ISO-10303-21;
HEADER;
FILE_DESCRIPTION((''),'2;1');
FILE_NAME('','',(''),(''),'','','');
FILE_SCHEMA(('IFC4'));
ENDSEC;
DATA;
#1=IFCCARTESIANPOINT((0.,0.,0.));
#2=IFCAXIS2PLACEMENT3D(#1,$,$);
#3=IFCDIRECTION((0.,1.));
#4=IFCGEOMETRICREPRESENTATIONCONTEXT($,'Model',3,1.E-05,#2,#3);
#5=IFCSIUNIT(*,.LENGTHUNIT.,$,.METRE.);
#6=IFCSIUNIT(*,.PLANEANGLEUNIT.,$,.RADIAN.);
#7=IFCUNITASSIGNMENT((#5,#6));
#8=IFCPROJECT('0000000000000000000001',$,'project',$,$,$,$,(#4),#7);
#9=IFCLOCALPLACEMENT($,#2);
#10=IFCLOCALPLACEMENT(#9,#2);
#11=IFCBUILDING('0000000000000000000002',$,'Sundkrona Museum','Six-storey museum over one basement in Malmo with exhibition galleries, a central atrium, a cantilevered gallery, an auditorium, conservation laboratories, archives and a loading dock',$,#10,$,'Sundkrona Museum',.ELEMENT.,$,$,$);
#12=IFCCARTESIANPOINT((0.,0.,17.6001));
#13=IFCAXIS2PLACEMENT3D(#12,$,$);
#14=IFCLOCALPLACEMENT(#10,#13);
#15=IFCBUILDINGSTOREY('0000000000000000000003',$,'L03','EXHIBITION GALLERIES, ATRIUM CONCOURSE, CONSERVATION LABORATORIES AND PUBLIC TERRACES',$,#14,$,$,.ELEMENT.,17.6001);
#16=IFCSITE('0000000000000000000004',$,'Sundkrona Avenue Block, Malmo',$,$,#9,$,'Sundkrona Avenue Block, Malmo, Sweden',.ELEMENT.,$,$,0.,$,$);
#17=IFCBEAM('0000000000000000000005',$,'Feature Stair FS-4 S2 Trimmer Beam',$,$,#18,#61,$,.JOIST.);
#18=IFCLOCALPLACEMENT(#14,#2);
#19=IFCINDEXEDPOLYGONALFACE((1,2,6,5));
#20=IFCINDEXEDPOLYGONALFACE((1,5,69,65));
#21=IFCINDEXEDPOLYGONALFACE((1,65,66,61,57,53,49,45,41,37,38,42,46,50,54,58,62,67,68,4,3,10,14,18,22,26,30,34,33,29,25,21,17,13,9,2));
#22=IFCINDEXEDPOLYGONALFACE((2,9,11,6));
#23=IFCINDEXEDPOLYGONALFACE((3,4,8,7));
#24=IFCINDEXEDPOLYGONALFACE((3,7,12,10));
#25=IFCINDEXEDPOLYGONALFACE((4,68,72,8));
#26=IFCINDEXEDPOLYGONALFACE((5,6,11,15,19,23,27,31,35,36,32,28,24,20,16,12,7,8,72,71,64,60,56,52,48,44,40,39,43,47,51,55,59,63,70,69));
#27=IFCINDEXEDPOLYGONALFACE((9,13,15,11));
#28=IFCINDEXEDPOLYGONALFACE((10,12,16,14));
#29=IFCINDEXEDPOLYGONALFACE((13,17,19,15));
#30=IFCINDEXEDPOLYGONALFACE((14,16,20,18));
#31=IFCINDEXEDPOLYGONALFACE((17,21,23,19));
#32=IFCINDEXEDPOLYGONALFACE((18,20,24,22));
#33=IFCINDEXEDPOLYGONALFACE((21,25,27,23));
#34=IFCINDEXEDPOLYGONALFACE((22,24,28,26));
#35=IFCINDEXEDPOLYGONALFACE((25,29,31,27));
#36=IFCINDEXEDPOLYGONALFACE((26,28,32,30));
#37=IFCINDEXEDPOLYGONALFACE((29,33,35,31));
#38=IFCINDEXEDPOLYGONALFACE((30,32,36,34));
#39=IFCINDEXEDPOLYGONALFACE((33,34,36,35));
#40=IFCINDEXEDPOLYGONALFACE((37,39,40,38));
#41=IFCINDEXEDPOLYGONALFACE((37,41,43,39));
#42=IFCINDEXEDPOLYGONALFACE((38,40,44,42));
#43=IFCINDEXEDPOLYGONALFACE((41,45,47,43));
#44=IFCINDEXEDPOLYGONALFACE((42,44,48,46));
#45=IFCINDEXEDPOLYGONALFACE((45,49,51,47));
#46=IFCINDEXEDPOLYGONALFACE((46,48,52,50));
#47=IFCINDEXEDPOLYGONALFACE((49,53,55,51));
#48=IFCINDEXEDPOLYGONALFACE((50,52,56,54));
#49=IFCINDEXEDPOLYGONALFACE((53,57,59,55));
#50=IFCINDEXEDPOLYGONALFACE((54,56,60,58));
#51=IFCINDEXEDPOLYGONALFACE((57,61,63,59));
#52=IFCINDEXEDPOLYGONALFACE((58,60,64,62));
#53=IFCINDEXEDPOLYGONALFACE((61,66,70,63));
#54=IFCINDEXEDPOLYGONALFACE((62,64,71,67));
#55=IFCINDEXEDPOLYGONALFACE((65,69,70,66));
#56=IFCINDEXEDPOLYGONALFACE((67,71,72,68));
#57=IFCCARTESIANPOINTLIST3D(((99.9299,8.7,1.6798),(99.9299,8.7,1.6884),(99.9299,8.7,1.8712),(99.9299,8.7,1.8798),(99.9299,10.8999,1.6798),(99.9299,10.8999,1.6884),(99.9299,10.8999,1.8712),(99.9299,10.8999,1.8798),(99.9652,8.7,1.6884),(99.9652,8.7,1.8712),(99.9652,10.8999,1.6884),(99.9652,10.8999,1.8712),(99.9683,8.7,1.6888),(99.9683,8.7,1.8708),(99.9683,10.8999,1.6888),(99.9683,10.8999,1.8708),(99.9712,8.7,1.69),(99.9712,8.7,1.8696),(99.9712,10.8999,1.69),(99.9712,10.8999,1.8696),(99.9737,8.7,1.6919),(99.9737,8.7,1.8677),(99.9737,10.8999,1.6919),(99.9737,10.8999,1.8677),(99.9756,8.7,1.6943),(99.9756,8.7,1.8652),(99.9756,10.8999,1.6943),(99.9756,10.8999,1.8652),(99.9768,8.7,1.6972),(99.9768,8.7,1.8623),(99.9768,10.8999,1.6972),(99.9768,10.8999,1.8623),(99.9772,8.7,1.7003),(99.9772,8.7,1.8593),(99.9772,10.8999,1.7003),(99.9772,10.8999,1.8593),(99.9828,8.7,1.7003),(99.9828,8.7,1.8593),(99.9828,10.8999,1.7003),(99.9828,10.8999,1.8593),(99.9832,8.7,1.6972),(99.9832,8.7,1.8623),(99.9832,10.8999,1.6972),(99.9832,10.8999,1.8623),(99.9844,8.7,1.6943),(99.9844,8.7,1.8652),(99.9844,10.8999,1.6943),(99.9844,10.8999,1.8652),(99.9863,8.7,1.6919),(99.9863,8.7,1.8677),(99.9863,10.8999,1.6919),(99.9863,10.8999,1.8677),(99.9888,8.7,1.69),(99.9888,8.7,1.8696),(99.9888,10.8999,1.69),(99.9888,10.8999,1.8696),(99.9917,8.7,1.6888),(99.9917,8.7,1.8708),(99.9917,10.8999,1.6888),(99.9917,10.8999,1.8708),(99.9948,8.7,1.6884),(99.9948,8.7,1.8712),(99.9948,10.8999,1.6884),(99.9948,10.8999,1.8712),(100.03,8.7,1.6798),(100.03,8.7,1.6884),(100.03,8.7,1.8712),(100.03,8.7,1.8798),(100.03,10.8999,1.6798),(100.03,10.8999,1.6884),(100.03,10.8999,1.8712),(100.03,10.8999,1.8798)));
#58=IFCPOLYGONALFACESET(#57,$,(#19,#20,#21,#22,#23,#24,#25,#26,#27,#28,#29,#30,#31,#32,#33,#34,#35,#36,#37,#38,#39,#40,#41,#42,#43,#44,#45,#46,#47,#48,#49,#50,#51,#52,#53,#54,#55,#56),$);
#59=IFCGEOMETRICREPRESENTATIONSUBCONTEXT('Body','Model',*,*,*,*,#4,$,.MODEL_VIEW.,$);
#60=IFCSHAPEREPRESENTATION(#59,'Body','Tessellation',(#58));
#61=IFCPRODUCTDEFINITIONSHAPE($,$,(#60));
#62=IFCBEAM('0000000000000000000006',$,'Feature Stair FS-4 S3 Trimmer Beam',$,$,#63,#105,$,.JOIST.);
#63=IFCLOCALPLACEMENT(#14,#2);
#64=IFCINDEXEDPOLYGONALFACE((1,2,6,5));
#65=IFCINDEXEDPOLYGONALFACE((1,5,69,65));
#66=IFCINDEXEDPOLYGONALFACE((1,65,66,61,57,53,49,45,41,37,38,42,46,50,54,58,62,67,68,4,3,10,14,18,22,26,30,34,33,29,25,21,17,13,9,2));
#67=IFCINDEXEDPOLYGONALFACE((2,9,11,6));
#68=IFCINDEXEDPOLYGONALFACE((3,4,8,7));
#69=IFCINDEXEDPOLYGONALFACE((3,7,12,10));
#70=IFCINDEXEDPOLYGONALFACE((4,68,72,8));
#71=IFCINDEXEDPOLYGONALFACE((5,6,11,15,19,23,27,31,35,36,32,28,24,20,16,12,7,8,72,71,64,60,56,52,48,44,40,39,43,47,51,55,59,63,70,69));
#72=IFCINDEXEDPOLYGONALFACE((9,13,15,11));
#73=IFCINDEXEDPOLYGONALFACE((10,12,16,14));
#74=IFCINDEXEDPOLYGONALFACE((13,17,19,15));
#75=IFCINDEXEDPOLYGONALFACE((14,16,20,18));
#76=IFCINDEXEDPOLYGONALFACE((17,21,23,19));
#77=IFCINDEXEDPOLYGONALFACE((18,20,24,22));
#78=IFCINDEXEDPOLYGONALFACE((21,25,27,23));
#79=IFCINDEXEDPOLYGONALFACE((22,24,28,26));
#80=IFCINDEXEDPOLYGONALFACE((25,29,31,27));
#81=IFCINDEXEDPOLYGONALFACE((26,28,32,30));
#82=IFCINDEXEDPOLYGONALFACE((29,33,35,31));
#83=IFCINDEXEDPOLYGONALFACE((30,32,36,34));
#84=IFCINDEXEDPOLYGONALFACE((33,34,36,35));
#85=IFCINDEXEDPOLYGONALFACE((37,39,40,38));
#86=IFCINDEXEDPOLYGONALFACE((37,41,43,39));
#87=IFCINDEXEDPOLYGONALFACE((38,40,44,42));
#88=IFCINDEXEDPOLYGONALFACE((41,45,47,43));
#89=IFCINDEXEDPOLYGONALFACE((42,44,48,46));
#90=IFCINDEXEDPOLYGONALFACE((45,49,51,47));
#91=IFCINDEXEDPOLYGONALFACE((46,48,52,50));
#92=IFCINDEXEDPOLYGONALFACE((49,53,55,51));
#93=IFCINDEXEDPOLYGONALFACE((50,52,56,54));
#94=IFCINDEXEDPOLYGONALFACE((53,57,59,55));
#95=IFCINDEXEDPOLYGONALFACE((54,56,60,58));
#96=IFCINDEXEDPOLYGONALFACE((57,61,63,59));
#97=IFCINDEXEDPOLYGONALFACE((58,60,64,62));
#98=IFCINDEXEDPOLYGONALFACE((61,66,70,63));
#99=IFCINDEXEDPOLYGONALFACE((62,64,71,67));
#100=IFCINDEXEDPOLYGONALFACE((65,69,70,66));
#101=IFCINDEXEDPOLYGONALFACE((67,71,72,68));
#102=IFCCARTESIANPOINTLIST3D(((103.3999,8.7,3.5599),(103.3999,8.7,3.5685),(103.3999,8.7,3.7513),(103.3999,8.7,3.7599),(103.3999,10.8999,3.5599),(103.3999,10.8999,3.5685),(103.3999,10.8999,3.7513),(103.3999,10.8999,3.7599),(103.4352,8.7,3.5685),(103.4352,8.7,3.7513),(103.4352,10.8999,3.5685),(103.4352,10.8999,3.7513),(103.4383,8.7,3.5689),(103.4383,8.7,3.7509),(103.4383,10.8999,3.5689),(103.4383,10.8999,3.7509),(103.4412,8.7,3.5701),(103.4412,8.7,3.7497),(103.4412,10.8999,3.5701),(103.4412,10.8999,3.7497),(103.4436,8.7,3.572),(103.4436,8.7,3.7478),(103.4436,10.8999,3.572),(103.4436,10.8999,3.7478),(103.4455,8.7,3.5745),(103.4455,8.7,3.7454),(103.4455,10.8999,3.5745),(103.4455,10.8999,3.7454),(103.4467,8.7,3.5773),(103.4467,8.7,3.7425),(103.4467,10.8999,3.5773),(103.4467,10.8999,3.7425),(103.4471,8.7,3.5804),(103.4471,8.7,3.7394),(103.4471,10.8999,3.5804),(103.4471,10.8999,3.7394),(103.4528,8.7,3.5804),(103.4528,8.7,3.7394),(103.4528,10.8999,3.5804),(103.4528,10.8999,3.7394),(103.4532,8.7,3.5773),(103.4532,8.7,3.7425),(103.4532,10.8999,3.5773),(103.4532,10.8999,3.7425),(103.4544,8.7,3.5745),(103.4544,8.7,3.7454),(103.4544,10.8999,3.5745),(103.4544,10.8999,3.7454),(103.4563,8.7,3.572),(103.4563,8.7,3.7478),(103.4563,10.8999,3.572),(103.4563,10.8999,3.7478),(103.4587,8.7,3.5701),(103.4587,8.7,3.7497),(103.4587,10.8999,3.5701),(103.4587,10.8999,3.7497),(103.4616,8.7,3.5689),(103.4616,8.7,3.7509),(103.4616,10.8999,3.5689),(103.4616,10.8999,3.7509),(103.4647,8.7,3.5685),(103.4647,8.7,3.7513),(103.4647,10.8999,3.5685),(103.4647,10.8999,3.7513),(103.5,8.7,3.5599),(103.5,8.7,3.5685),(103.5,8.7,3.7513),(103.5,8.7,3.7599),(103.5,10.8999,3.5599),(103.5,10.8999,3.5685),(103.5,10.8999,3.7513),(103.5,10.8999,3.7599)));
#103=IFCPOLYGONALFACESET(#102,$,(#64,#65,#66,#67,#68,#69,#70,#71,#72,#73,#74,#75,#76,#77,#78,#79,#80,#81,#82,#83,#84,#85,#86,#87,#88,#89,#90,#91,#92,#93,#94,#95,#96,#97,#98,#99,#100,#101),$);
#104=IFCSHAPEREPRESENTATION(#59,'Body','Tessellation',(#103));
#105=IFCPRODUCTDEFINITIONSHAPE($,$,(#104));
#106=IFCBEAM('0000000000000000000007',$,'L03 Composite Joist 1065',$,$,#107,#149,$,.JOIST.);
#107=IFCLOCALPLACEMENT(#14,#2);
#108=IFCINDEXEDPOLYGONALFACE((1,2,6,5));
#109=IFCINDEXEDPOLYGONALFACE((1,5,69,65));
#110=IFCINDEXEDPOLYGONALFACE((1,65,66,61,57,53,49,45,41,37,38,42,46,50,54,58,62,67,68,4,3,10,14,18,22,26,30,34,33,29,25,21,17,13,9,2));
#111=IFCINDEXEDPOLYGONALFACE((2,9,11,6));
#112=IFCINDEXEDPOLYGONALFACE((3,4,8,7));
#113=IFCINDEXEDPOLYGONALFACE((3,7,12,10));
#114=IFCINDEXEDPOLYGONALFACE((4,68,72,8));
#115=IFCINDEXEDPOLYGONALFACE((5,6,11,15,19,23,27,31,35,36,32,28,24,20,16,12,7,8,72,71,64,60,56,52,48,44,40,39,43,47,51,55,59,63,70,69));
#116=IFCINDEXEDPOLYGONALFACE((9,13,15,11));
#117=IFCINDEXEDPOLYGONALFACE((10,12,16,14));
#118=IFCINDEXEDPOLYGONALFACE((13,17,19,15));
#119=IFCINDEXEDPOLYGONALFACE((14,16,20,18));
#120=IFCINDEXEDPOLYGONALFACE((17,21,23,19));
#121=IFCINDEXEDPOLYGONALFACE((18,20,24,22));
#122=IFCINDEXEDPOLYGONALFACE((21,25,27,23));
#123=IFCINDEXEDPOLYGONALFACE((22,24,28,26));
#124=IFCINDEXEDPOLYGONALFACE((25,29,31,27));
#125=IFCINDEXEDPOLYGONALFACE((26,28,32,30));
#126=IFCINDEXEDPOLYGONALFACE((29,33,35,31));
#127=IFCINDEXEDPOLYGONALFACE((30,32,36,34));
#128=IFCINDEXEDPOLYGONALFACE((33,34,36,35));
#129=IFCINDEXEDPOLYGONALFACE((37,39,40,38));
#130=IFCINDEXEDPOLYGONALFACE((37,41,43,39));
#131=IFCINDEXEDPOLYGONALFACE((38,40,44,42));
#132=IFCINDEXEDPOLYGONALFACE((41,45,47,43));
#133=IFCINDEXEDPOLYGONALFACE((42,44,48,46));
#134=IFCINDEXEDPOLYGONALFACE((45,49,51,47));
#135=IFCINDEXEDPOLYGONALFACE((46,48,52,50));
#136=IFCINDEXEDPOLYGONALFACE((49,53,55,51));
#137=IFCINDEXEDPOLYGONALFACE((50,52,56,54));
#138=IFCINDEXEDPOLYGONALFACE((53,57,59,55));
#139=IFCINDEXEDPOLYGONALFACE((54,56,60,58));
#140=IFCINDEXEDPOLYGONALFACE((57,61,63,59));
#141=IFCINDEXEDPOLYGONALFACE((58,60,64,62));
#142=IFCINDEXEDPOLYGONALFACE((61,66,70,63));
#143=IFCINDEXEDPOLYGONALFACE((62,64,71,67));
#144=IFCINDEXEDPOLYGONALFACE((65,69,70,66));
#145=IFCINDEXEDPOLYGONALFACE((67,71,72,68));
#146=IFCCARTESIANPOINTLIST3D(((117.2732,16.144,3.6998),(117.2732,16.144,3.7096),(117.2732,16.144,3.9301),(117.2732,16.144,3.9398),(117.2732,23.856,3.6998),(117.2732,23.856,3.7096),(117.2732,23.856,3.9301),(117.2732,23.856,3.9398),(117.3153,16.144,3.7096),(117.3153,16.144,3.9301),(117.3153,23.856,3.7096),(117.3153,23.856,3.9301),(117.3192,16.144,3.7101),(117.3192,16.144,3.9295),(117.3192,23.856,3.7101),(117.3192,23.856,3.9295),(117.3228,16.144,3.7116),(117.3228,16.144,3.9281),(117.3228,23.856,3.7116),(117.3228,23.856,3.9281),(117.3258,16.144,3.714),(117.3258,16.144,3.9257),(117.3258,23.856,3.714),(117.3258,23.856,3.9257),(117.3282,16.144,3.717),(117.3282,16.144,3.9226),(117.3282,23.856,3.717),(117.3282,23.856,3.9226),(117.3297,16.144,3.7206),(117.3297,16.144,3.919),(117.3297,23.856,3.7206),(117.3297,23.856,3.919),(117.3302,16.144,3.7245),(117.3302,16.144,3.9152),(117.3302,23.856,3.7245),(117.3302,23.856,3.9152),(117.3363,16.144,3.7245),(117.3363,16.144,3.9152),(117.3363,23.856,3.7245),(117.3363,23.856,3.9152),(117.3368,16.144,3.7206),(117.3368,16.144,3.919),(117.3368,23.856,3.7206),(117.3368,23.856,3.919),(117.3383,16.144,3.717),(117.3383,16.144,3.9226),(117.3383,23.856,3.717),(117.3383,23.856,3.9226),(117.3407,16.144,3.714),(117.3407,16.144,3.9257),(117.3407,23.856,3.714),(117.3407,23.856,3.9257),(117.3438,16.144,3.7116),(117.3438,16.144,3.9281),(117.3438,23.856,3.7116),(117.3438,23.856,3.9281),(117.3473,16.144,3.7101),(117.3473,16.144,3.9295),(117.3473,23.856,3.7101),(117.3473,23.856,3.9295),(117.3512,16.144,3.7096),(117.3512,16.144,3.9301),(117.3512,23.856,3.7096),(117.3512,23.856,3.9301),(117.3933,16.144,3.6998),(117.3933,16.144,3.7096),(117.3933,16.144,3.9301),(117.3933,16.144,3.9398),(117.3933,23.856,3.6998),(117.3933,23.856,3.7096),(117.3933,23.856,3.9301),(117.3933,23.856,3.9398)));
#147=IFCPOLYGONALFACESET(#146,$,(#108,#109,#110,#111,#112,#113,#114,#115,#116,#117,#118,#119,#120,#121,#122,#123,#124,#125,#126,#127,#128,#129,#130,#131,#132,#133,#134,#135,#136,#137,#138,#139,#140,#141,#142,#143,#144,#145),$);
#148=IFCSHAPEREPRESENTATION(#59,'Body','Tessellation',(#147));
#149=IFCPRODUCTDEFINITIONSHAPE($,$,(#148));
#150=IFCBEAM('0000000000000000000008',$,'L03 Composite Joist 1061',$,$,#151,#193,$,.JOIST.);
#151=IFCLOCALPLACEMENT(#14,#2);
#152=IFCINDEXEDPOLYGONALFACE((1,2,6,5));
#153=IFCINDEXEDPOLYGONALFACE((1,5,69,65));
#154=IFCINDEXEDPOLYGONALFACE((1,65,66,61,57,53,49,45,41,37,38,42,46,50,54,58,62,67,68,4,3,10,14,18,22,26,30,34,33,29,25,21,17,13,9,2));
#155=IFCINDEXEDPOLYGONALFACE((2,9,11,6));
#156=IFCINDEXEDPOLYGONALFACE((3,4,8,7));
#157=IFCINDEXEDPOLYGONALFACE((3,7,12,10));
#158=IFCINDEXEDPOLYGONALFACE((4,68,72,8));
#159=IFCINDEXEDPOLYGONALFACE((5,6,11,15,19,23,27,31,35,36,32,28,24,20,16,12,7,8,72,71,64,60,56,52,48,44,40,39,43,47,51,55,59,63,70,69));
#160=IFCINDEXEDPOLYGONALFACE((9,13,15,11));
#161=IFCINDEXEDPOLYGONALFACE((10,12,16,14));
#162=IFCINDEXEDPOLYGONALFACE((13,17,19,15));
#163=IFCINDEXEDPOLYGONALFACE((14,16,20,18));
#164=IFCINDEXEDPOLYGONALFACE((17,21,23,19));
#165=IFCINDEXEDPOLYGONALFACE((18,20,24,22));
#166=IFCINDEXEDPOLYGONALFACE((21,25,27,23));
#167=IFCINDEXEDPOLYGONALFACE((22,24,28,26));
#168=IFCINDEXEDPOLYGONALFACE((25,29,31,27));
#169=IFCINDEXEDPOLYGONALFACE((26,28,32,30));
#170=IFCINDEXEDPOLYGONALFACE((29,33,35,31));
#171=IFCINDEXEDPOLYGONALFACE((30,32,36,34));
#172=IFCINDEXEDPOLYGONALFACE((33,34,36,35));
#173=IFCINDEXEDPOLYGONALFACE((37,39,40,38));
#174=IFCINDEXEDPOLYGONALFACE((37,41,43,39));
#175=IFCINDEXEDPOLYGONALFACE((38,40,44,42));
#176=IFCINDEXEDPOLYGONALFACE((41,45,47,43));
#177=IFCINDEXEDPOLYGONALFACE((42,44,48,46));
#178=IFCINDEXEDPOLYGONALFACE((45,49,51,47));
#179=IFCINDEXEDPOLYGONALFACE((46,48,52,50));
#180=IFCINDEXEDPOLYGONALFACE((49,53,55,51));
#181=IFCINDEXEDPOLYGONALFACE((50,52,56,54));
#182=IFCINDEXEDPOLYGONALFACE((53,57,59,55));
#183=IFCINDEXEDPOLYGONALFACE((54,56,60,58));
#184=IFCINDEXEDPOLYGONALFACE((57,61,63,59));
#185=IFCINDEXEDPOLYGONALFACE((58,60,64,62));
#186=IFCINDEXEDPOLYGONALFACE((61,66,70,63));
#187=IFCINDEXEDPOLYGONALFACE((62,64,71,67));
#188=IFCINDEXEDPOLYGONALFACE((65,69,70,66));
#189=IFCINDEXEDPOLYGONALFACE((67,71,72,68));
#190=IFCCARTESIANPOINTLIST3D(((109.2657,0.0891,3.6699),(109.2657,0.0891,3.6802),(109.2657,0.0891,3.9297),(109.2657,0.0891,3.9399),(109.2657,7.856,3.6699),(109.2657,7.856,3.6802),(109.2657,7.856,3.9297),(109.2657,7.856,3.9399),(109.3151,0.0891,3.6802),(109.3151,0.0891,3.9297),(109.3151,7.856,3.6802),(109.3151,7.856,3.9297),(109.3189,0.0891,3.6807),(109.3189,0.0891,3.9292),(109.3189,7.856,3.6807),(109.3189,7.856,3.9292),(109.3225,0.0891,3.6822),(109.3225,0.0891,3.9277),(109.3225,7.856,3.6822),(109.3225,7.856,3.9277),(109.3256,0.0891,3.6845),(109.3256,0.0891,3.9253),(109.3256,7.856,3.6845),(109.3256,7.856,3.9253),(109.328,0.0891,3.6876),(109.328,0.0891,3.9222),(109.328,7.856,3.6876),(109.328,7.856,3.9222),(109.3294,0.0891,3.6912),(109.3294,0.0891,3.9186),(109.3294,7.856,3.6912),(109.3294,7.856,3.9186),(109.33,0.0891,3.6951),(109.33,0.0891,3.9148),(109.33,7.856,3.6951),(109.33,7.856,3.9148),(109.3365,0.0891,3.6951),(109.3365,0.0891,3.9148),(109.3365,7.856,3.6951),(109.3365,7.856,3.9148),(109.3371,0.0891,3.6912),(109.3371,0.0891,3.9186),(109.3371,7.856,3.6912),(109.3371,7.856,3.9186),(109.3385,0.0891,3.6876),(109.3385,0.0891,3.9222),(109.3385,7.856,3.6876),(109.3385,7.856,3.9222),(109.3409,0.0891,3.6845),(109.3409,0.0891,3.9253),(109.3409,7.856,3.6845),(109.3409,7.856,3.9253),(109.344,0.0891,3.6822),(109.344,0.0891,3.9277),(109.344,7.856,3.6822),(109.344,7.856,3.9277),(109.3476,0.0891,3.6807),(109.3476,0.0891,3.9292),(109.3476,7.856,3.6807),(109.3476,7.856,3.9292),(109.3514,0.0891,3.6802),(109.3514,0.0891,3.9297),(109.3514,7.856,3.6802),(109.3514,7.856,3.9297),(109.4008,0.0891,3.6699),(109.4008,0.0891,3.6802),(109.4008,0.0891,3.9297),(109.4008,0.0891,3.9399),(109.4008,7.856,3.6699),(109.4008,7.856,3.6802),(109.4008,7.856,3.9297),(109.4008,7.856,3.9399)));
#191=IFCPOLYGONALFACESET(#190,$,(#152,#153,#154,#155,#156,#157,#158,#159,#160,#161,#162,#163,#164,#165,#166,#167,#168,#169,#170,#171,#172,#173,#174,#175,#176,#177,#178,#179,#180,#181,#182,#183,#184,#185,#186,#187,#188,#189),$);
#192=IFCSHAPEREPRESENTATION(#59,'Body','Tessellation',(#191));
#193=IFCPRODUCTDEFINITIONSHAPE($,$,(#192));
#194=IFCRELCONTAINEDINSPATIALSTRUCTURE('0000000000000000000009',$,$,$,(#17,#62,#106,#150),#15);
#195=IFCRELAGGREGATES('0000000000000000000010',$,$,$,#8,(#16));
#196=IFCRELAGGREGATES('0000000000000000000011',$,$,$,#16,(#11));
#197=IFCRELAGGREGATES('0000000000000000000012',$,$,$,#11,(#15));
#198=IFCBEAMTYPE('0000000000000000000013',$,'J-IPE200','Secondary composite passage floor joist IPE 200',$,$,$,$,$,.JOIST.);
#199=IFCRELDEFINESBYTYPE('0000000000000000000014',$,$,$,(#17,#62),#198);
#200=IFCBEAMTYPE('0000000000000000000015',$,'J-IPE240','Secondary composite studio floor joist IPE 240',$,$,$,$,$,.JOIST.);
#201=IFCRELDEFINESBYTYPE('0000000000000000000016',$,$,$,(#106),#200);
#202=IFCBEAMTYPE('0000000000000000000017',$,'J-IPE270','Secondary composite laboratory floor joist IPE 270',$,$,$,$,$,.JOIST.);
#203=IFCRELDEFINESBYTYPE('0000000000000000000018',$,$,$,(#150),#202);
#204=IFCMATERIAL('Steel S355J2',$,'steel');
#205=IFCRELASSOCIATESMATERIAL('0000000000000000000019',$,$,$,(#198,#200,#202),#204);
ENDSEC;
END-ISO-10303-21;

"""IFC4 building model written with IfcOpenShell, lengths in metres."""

from ifc_helpers import new_model, si_unit, direction, frame, origin, origin_2d, place, context, subcontext, project, spatial, i_section, extrude, material, material_profile, profile_set, type_object, element, save


model = new_model("IFC4")

# Units and contexts
model_context = context("Model", 3, precision=1e-05, world=origin(), true_north=direction((0.0, 1.0)))
body_context = subcontext(model_context, "Body", "Model", "MODEL_VIEW")
ifc_project = project(units=[si_unit("LENGTHUNIT", "METRE"), si_unit("PLANEANGLEUNIT", "RADIAN")], contexts=[model_context])

# Site, building, storey
site_placement = place(None, origin())
site = spatial("IfcSite", under=ifc_project, at=site_placement, Name="Sundkrona Avenue Block, Malmo", LongName="Sundkrona Avenue Block, Malmo, Sweden", CompositionType="ELEMENT", RefElevation=0.0)
building_placement = place(site_placement, origin())
building = spatial("IfcBuilding", under=site, at=building_placement, Name="Sundkrona Museum", Description="Six-storey museum over one basement in Malmo with exhibition galleries, a central atrium, a cantilevered gallery, an auditorium, conservation laboratories, archives and a loading dock", LongName="Sundkrona Museum", CompositionType="ELEMENT")
storey_placement = place(building_placement, frame((0.0, 0.0, 17.6001)))
storey = spatial("IfcBuildingStorey", under=building, at=storey_placement, Name="L03", Description="EXHIBITION GALLERIES, ATRIUM CONCOURSE, CONSERVATION LABORATORIES AND PUBLIC TERRACES", CompositionType="ELEMENT", Elevation=17.6001)

# Shared definitions
ifc_material_1 = material(Name="Steel S355J2", Category="steel")

# Beams
ifc_material_profile_1 = material_profile(ifc_material_1, i_section(OverallWidth=0.1001, OverallDepth=0.2, WebThickness=0.0056, FlangeThickness=0.0085, FilletRadius=0.012, at=origin_2d()), Name="IPE 200")
ifc_profile_set_1 = profile_set([ifc_material_profile_1], Name="Steel S355J2")
beam_type_1 = type_object("IfcBeamType", Name="J-IPE200", Description="Secondary composite passage floor joist IPE 200", PredefinedType="JOIST", material=ifc_profile_set_1)
for number, where, z_axis, x_axis, name in (
    (1, (99.98, 8.7, 1.7798), (0.0, 1.0, 0.0), (-1.0, 0.0, 0.0), "Feature Stair FS-4 S2 Trimmer Beam"),
    (2, (103.45, 8.7, 3.6599), (0.0, 1.0, 0.0), (-1.0, 0.0, 0.0), "Feature Stair FS-4 S3 Trimmer Beam"),
):
    element("IfcBeam", number, at=place(storey_placement, frame(where, z_axis=z_axis, x_axis=x_axis)), inside=storey, type_object=beam_type_1, Name=name, PredefinedType="JOIST", context=body_context, shape_type="SweptSolid", body=[
        extrude(i_section(OverallWidth=0.1001, OverallDepth=0.2, WebThickness=0.0056, FlangeThickness=0.0085, FilletRadius=0.012, at=origin_2d()), origin(), (0.0, 0.0, 1.0), 2.2),
    ])
ifc_material_profile_2 = material_profile(ifc_material_1, i_section(OverallWidth=0.1201, OverallDepth=0.24, WebThickness=0.0061, FlangeThickness=0.0098, FilletRadius=0.0149, at=origin_2d()), Name="IPE 240")
ifc_profile_set_2 = profile_set([ifc_material_profile_2], Name="Steel S355J2")
beam_type_2 = type_object("IfcBeamType", Name="J-IPE240", Description="Secondary composite studio floor joist IPE 240", PredefinedType="JOIST", material=ifc_profile_set_2)
beam_1_placement = place(storey_placement, frame((117.3333, 16.144, 3.8198), z_axis=(0.0, 1.0, 0.0), x_axis=(-1.0, 0.0, 0.0)))
element("IfcBeam", 3, at=beam_1_placement, inside=storey, type_object=beam_type_2, Name="L03 Composite Joist 1065", PredefinedType="JOIST", context=body_context, shape_type="SweptSolid", body=[
    extrude(i_section(OverallWidth=0.1201, OverallDepth=0.24, WebThickness=0.0061, FlangeThickness=0.0098, FilletRadius=0.0149, at=origin_2d()), origin(), (0.0, 0.0, 1.0), 7.7119),
])
ifc_material_profile_3 = material_profile(ifc_material_1, i_section(OverallWidth=0.135, OverallDepth=0.27, WebThickness=0.0066, FlangeThickness=0.0103, FilletRadius=0.0149, at=origin_2d()), Name="IPE 270")
ifc_profile_set_3 = profile_set([ifc_material_profile_3], Name="Steel S355J2")
beam_type_3 = type_object("IfcBeamType", Name="J-IPE270", Description="Secondary composite laboratory floor joist IPE 270", PredefinedType="JOIST", material=ifc_profile_set_3)
beam_2_placement = place(storey_placement, frame((109.3333, 0.0891, 3.8049), z_axis=(0.0, 1.0, 0.0), x_axis=(-1.0, 0.0, 0.0)))
element("IfcBeam", 4, at=beam_2_placement, inside=storey, type_object=beam_type_3, Name="L03 Composite Joist 1061", PredefinedType="JOIST", context=body_context, shape_type="SweptSolid", body=[
    extrude(i_section(OverallWidth=0.135, OverallDepth=0.27, WebThickness=0.0066, FlangeThickness=0.0103, FilletRadius=0.0149, at=origin_2d()), origin(), (0.0, 0.0, 1.0), 7.7668),
])

save(model, "model.ifc")
